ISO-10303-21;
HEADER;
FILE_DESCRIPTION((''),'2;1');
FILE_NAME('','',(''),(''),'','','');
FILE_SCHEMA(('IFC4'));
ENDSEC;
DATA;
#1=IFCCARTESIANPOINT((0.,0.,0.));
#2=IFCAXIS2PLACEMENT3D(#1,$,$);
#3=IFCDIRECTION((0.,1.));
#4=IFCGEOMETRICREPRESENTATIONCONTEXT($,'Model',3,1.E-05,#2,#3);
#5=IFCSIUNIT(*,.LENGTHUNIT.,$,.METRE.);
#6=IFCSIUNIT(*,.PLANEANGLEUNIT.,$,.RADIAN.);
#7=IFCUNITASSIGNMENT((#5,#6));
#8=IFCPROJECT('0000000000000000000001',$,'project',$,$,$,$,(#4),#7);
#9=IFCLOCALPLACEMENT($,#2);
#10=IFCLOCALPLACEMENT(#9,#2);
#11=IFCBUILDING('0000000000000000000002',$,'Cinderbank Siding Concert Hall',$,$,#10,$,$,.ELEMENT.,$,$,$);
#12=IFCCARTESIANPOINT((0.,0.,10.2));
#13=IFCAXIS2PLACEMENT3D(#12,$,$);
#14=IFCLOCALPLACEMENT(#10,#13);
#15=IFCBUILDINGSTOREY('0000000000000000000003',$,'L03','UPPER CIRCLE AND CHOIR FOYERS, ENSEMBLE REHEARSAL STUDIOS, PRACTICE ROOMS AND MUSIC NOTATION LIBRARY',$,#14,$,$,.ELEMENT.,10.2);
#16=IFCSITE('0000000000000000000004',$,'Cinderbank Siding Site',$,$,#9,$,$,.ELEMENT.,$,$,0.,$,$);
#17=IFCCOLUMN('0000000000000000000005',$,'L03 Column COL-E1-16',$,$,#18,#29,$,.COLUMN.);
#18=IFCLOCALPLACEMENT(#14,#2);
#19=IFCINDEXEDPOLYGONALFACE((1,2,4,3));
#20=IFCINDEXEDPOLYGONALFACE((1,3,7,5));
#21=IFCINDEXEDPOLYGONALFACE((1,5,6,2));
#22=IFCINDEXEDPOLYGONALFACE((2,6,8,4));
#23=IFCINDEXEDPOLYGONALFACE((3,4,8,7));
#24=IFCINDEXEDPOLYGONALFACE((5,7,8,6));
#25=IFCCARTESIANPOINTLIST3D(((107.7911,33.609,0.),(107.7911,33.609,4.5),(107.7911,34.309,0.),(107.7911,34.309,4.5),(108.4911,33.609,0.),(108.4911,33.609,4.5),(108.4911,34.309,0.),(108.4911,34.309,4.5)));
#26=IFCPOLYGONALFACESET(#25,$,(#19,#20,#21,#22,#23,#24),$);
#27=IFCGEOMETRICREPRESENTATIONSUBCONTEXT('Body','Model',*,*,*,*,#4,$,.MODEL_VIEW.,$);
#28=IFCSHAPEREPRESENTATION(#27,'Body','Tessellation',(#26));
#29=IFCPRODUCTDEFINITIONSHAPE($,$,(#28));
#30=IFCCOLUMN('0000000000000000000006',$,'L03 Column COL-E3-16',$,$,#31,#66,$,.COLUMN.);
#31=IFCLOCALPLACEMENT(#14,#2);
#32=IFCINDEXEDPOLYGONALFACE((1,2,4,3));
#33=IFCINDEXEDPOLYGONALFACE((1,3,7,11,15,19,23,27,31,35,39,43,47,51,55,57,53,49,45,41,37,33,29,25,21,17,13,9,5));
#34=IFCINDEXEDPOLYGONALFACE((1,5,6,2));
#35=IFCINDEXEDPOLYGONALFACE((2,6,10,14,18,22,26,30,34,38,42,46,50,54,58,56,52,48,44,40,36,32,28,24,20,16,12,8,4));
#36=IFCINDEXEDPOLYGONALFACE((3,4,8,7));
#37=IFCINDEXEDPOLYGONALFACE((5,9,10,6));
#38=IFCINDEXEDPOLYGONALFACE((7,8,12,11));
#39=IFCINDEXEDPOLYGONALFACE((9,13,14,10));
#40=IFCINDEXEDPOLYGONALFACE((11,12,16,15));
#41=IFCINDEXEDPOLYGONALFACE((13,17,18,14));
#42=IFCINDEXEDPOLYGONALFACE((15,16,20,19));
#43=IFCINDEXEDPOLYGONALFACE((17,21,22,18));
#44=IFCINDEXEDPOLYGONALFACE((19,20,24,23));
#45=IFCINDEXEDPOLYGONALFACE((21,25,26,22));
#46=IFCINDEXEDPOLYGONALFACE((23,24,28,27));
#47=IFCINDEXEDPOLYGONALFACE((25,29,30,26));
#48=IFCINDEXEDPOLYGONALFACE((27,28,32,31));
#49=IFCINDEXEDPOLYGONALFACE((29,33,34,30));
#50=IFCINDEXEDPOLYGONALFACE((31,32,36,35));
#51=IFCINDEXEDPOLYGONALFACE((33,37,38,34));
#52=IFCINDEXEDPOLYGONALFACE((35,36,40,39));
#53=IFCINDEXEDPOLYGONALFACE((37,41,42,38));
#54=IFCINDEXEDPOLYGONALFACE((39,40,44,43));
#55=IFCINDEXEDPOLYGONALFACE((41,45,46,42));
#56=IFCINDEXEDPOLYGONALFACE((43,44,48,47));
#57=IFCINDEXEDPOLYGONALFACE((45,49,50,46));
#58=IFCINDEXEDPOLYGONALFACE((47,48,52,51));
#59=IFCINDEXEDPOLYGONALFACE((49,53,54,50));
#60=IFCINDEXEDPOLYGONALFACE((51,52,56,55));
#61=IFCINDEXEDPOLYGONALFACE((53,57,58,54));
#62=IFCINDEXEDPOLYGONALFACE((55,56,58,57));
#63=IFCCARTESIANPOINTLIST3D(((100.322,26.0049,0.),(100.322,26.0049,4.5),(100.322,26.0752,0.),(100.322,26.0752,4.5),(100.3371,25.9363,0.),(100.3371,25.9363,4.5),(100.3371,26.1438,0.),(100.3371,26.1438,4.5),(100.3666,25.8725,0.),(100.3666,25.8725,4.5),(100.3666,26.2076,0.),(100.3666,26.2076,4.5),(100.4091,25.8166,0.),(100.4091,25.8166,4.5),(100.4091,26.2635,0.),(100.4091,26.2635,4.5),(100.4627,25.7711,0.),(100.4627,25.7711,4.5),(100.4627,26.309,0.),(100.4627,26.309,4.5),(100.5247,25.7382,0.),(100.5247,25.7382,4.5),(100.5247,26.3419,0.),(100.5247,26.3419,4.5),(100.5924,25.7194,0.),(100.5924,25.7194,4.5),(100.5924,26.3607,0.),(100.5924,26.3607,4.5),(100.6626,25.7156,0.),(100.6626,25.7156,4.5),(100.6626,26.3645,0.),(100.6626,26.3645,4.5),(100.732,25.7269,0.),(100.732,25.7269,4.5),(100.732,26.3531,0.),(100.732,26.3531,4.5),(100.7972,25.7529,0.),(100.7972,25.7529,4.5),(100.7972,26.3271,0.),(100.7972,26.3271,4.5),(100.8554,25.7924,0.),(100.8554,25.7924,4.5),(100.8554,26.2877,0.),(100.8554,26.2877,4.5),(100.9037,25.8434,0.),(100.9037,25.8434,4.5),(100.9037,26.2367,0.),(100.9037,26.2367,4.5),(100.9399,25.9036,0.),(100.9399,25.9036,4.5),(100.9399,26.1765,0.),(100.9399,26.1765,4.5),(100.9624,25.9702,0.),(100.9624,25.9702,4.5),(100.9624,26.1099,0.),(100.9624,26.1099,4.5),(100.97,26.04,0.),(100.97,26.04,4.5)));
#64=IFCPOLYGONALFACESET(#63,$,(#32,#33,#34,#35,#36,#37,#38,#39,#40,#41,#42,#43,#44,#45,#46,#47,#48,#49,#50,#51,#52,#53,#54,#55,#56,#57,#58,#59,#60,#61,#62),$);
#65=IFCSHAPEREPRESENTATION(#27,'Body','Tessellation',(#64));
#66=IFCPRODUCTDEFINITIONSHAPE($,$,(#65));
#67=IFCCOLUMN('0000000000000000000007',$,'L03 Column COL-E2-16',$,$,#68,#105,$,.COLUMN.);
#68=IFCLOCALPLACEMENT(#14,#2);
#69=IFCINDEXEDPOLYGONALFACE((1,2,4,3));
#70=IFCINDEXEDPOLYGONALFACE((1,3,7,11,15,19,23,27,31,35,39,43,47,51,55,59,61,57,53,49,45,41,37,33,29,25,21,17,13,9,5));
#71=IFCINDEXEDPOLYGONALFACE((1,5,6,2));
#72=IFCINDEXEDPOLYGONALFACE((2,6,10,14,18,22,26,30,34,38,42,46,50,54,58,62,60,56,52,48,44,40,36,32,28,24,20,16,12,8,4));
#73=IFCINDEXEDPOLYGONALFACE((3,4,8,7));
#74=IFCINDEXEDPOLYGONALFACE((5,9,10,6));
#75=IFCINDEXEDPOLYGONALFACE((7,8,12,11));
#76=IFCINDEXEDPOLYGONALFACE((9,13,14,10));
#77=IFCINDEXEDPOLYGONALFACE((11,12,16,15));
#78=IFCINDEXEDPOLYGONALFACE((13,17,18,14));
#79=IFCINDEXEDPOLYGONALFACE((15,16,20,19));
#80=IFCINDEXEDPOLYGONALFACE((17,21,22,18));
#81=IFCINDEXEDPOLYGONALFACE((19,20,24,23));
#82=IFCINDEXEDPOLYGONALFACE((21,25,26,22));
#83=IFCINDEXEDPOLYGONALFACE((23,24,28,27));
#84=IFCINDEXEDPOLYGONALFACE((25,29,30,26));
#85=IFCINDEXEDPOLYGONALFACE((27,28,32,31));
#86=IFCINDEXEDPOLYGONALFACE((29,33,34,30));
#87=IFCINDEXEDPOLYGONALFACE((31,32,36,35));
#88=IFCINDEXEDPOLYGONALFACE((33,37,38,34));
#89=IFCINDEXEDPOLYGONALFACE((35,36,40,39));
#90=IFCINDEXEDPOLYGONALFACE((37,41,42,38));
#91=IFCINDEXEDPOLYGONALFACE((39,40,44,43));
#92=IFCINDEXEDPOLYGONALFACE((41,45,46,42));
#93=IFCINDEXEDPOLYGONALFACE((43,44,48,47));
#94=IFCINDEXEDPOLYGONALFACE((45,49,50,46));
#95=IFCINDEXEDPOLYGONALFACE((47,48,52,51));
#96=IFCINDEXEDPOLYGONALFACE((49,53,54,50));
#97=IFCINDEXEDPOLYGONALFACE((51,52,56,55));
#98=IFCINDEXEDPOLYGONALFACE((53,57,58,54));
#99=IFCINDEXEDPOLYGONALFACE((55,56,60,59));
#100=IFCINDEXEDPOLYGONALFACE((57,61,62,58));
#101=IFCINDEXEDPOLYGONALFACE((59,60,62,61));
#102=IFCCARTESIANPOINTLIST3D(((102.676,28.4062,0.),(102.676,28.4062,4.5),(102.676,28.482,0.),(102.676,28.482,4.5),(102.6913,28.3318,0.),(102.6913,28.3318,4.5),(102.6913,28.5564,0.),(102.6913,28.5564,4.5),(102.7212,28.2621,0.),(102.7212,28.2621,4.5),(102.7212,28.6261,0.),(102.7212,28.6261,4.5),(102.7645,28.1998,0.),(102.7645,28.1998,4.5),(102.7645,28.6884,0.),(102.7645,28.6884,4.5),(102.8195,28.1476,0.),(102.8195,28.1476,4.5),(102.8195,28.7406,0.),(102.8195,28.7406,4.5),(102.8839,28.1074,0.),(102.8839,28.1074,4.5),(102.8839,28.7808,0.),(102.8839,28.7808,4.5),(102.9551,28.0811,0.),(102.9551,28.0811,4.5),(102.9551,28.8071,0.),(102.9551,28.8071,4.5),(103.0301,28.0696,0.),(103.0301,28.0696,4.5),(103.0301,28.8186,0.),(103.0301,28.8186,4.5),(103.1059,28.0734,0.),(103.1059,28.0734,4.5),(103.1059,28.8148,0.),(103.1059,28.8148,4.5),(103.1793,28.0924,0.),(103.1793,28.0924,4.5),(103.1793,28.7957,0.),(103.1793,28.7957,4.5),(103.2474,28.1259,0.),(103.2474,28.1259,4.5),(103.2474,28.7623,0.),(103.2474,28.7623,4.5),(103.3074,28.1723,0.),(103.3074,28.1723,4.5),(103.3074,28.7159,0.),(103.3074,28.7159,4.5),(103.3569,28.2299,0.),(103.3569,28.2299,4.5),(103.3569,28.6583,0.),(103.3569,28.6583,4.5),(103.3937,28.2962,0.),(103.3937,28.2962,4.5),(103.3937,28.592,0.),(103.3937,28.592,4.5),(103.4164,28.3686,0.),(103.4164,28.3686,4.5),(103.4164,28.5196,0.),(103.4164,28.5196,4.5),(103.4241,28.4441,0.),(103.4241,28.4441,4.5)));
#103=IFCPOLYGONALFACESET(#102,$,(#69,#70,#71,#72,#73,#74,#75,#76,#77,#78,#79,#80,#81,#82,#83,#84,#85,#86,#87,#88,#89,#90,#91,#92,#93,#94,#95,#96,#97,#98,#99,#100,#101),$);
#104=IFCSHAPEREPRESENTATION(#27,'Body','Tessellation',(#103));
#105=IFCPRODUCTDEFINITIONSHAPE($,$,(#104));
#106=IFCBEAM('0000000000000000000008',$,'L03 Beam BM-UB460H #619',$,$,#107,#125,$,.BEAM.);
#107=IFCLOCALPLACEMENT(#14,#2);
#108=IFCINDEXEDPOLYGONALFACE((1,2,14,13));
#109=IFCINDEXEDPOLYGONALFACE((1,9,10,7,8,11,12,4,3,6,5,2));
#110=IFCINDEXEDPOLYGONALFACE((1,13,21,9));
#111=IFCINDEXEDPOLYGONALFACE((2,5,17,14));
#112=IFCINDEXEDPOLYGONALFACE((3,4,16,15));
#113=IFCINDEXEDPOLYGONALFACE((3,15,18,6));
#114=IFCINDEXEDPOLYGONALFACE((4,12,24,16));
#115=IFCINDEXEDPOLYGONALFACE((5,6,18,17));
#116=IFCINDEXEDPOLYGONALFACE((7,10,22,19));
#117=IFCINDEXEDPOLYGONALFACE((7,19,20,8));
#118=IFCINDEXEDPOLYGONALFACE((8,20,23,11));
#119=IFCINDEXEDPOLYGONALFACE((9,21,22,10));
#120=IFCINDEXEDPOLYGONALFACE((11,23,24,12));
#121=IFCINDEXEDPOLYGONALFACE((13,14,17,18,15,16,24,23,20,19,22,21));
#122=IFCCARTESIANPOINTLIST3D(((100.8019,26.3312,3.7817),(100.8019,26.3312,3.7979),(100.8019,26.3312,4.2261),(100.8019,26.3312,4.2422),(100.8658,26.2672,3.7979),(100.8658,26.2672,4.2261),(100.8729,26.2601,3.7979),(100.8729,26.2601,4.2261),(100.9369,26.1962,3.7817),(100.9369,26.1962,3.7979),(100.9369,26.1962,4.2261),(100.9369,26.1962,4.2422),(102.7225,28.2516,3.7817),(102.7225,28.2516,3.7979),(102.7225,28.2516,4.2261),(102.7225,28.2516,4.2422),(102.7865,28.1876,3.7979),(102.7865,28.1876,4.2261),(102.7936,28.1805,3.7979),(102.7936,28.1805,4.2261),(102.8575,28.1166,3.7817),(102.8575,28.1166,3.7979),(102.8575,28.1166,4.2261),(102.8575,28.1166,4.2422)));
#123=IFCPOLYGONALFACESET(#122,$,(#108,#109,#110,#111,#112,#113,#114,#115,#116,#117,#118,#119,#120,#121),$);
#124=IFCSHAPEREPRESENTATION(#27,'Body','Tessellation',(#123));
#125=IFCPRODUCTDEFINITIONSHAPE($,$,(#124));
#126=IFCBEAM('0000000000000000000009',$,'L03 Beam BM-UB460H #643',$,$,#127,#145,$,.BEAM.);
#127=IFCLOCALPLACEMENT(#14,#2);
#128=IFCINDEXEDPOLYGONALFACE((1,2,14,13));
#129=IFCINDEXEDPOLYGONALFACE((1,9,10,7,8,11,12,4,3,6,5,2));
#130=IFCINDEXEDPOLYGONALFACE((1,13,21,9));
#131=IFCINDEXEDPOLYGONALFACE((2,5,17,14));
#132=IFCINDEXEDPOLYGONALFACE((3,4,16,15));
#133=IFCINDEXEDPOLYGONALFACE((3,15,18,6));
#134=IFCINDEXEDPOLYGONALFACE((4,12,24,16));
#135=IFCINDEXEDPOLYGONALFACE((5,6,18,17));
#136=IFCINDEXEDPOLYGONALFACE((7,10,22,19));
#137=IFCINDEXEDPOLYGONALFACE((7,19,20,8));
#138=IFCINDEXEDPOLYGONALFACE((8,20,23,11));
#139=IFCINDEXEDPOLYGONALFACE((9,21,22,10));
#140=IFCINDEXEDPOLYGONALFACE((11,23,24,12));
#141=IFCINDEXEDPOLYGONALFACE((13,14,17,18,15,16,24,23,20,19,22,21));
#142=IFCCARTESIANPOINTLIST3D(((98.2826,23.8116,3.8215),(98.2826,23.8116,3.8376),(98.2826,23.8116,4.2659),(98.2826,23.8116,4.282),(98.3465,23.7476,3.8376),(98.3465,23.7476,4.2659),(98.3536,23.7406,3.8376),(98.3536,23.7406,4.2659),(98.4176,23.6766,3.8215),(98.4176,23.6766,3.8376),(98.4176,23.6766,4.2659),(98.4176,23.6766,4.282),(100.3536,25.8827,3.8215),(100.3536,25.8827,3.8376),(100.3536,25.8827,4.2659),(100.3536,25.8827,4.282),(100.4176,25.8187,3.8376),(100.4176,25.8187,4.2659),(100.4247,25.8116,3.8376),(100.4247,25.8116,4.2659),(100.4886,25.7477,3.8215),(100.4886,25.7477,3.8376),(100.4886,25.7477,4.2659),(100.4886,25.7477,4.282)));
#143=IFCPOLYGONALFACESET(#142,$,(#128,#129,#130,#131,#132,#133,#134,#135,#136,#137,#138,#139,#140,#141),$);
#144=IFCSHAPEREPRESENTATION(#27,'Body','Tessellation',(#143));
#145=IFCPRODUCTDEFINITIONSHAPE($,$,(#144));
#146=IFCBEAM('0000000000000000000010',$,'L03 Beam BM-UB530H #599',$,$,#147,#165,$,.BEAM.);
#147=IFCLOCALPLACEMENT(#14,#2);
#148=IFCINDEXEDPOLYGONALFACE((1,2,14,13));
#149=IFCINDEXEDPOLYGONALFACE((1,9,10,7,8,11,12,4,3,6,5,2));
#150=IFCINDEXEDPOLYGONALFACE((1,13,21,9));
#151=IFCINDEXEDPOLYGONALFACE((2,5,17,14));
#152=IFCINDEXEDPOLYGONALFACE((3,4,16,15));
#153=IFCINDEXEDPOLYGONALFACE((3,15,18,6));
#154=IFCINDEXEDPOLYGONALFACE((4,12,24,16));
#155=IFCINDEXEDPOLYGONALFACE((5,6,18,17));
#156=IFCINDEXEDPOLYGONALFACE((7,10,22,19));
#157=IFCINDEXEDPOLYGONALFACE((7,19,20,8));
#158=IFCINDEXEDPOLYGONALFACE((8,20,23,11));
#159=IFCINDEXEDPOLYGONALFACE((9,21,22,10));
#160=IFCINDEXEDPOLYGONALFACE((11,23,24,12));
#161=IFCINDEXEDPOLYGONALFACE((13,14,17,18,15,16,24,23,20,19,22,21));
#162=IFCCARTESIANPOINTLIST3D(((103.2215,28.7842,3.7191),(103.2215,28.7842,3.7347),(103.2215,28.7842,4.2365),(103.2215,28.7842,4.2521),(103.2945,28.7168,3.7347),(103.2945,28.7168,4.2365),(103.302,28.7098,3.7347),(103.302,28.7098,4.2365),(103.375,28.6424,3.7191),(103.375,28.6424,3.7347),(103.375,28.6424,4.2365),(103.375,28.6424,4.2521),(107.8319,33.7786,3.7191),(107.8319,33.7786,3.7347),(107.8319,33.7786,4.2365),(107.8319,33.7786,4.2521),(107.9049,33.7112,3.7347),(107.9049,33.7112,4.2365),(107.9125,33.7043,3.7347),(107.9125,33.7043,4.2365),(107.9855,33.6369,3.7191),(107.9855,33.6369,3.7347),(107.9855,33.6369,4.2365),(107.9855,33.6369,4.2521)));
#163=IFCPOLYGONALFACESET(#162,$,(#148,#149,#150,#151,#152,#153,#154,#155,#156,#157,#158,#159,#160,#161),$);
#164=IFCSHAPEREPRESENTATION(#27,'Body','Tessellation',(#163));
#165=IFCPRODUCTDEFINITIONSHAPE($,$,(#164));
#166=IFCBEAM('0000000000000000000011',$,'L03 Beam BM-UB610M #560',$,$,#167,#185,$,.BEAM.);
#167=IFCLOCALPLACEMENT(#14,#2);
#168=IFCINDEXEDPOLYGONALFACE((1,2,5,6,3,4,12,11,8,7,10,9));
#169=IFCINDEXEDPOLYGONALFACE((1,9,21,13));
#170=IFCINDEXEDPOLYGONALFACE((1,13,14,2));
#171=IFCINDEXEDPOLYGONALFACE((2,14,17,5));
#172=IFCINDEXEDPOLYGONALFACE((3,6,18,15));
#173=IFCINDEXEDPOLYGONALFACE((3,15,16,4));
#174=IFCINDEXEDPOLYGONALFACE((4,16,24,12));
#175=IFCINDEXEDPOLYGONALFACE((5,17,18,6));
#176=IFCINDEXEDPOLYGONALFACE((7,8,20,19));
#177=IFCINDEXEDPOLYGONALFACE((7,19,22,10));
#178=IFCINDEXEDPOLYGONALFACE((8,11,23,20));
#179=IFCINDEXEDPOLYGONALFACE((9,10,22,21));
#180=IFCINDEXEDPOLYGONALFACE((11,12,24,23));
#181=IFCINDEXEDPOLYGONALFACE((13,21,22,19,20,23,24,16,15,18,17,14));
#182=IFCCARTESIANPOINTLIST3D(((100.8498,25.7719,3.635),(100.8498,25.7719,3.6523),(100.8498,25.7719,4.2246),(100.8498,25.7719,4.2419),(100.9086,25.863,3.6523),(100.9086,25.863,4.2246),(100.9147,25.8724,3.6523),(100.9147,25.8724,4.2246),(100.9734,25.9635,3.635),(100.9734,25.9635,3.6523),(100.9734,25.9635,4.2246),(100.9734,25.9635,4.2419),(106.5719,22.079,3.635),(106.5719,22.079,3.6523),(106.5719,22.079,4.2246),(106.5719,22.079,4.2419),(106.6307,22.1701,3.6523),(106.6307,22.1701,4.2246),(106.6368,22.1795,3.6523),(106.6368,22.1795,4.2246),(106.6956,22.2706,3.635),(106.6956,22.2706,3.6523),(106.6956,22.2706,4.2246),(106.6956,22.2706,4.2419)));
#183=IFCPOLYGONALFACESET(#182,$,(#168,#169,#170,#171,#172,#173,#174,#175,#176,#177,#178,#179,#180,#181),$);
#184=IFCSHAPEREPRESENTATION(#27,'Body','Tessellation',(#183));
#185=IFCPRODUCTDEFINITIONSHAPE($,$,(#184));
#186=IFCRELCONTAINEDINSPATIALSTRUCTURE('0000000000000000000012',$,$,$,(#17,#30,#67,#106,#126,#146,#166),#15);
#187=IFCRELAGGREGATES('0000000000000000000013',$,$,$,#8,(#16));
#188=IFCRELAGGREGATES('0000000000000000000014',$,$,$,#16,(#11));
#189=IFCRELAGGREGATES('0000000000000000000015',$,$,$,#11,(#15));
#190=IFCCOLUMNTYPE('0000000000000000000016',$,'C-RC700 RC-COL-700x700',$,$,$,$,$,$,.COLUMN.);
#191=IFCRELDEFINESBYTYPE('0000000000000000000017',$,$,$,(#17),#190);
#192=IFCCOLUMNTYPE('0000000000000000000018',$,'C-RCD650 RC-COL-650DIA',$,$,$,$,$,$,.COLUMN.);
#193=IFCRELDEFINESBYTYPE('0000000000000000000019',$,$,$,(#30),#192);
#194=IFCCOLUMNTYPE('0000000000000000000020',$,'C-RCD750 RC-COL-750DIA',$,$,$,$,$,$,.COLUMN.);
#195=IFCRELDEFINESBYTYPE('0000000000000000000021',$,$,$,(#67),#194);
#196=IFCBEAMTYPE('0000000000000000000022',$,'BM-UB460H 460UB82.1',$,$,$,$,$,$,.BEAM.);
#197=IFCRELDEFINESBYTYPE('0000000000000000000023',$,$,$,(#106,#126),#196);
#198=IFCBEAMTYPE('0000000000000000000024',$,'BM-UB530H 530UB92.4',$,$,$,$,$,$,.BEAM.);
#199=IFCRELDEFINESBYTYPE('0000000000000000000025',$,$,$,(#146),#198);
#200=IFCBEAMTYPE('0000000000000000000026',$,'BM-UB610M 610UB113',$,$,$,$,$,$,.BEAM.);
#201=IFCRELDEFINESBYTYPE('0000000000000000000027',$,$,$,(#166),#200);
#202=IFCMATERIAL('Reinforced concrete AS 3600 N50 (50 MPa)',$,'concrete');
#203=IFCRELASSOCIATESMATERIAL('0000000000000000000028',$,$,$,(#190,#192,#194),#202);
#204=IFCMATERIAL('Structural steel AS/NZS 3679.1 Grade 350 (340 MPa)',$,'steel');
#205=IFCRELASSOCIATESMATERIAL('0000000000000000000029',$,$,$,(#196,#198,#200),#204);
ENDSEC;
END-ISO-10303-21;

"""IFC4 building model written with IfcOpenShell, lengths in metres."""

from ifc_helpers import new_model, si_unit, direction, frame, origin, origin_2d, place, context, subcontext, project, spatial, rectangle, circle, i_section, extrude, material, material_profile, profile_set, type_object, element, save


model = new_model("IFC4")

# Units and contexts
model_context = context("Model", 3, precision=1e-05, world=origin(), true_north=direction((0.0, 1.0)))
body_context = subcontext(model_context, "Body", "Model", "MODEL_VIEW")
ifc_project = project(units=[si_unit("LENGTHUNIT", "METRE"), si_unit("PLANEANGLEUNIT", "RADIAN")], contexts=[model_context])

# Site, building, storey
site_placement = place(None, origin())
site = spatial("IfcSite", under=ifc_project, at=site_placement, Name="Cinderbank Siding Site", CompositionType="ELEMENT", RefElevation=0.0)
building_placement = place(site_placement, origin())
building = spatial("IfcBuilding", under=site, at=building_placement, Name="Cinderbank Siding Concert Hall", CompositionType="ELEMENT")
storey_placement = place(building_placement, frame((0.0, 0.0, 10.2)))
storey = spatial("IfcBuildingStorey", under=building, at=storey_placement, Name="L03", Description="UPPER CIRCLE AND CHOIR FOYERS, ENSEMBLE REHEARSAL STUDIOS, PRACTICE ROOMS AND MUSIC NOTATION LIBRARY", CompositionType="ELEMENT", Elevation=10.2)

# Columns
ifc_material_1 = material(Name="Reinforced concrete AS 3600 N50 (50 MPa)", Category="concrete")
ifc_material_profile_1 = material_profile(ifc_material_1, rectangle(XDim=0.7, YDim=0.7, at=origin_2d()), Name="RC-COL-700x700", Category="LoadBearing")
ifc_profile_set_1 = profile_set([ifc_material_profile_1], Name="Reinforced concrete AS 3600 N50 (50 MPa)")
column_type_1 = type_object("IfcColumnType", Name="C-RC700 RC-COL-700x700", PredefinedType="COLUMN", material=ifc_profile_set_1)
column_1_placement = place(storey_placement, frame((108.1411, 33.959, 0.0), z_axis=(0.0, 0.0, 1.0), x_axis=(1.0, 0.0, 0.0)))
element("IfcColumn", 1, at=column_1_placement, inside=storey, type_object=column_type_1, Name="L03 Column COL-E1-16", PredefinedType="COLUMN", context=body_context, shape_type="SweptSolid", body=[
    extrude(rectangle(XDim=0.7, YDim=0.7, at=origin_2d()), origin(), (0.0, 0.0, 1.0), 4.5),
])
ifc_material_profile_2 = material_profile(ifc_material_1, circle(Radius=0.325, at=origin_2d()), Name="RC-COL-650DIA", Category="LoadBearing")
ifc_profile_set_2 = profile_set([ifc_material_profile_2], Name="Reinforced concrete AS 3600 N50 (50 MPa)")
column_type_2 = type_object("IfcColumnType", Name="C-RCD650 RC-COL-650DIA", PredefinedType="COLUMN", material=ifc_profile_set_2)
column_2_placement = place(storey_placement, frame((100.645, 26.04, 0.0), z_axis=(0.0, 0.0, 1.0), x_axis=(1.0, 0.0, 0.0)))
element("IfcColumn", 2, at=column_2_placement, inside=storey, type_object=column_type_2, Name="L03 Column COL-E3-16", PredefinedType="COLUMN", context=body_context, shape_type="SweptSolid", body=[
    extrude(circle(Radius=0.325, at=origin_2d()), origin(), (0.0, 0.0, 1.0), 4.5),
])
ifc_material_profile_3 = material_profile(ifc_material_1, circle(Radius=0.375, at=origin_2d()), Name="RC-COL-750DIA", Category="LoadBearing")
ifc_profile_set_3 = profile_set([ifc_material_profile_3], Name="Reinforced concrete AS 3600 N50 (50 MPa)")
column_type_3 = type_object("IfcColumnType", Name="C-RCD750 RC-COL-750DIA", PredefinedType="COLUMN", material=ifc_profile_set_3)
column_3_placement = place(storey_placement, frame((103.0491, 28.4441, 0.0), z_axis=(0.0, 0.0, 1.0), x_axis=(1.0, 0.0, 0.0)))
element("IfcColumn", 3, at=column_3_placement, inside=storey, type_object=column_type_3, Name="L03 Column COL-E2-16", PredefinedType="COLUMN", context=body_context, shape_type="SweptSolid", body=[
    extrude(circle(Radius=0.375, at=origin_2d()), origin(), (0.0, 0.0, 1.0), 4.5),
])

# Beams
ifc_material_2 = material(Name="Structural steel AS/NZS 3679.1 Grade 350 (340 MPa)", Category="steel")
ifc_material_profile_4 = material_profile(ifc_material_2, i_section(OverallWidth=0.1909, OverallDepth=0.4604, WebThickness=0.01, FlangeThickness=0.0161, at=origin_2d()), Name="460UB82.1", Category="LoadBearing")
ifc_profile_set_4 = profile_set([ifc_material_profile_4], Name="Structural steel AS/NZS 3679.1 Grade 350 (340 MPa)")
beam_type_1 = type_object("IfcBeamType", Name="BM-UB460H 460UB82.1", PredefinedType="BEAM", material=ifc_profile_set_4)
beam_1_placement = place(storey_placement, frame((102.79, 28.1841, 4.012), z_axis=(-0.707152, -0.707062, 0.0), x_axis=(0.707062, -0.707152, 0.0)))
element("IfcBeam", 4, at=beam_1_placement, inside=storey, type_object=beam_type_1, Name="L03 Beam BM-UB460H #619", PredefinedType="BEAM", context=body_context, shape_type="SweptSolid", body=[
    extrude(i_section(OverallWidth=0.1909, OverallDepth=0.4604, WebThickness=0.01, FlangeThickness=0.0161, at=origin_2d()), origin(), (0.0, 0.0, 1.0), 2.7161),
])
beam_2_placement = place(storey_placement, frame((100.4211, 25.8152, 4.0518), z_axis=(-0.707107, -0.707107, 0.0), x_axis=(0.707107, -0.707107, 0.0)))
element("IfcBeam", 5, at=beam_2_placement, inside=storey, type_object=beam_type_1, Name="L03 Beam BM-UB460H #643", PredefinedType="BEAM", context=body_context, shape_type="SweptSolid", body=[
    extrude(i_section(OverallWidth=0.1909, OverallDepth=0.4604, WebThickness=0.01, FlangeThickness=0.0161, at=origin_2d()), origin(), (0.0, 0.0, 1.0), 2.929),
])
ifc_material_profile_5 = material_profile(ifc_material_2, i_section(OverallWidth=0.209, OverallDepth=0.533, WebThickness=0.0103, FlangeThickness=0.0156, at=origin_2d()), Name="530UB92.4", Category="LoadBearing")
ifc_profile_set_5 = profile_set([ifc_material_profile_5], Name="Structural steel AS/NZS 3679.1 Grade 350 (340 MPa)")
beam_type_2 = type_object("IfcBeamType", Name="BM-UB530H 530UB92.4", PredefinedType="BEAM", material=ifc_profile_set_5)
beam_3_placement = place(storey_placement, frame((107.9087, 33.7078, 3.9856), z_axis=(-0.678292, -0.734792, 0.0), x_axis=(0.734792, -0.678292, 0.0)))
element("IfcBeam", 6, at=beam_3_placement, inside=storey, type_object=beam_type_2, Name="L03 Beam BM-UB530H #599", PredefinedType="BEAM", context=body_context, shape_type="SweptSolid", body=[
    extrude(i_section(OverallWidth=0.209, OverallDepth=0.533, WebThickness=0.0103, FlangeThickness=0.0156, at=origin_2d()), origin(), (0.0, 0.0, 1.0), 6.7971),
])
ifc_material_profile_6 = material_profile(ifc_material_2, i_section(OverallWidth=0.228, OverallDepth=0.6069, WebThickness=0.0112, FlangeThickness=0.0173, at=origin_2d()), Name="610UB113", Category="LoadBearing")
ifc_profile_set_6 = profile_set([ifc_material_profile_6], Name="Structural steel AS/NZS 3679.1 Grade 350 (340 MPa)")
beam_type_3 = type_object("IfcBeamType", Name="BM-UB610M 610UB113", PredefinedType="BEAM", material=ifc_profile_set_6)
beam_4_placement = place(storey_placement, frame((100.9116, 25.8677, 3.9385), z_axis=(0.84022, -0.542246, 0.0), x_axis=(0.542246, 0.84022, 0.0)))
element("IfcBeam", 7, at=beam_4_placement, inside=storey, type_object=beam_type_3, Name="L03 Beam BM-UB610M #560", PredefinedType="BEAM", context=body_context, shape_type="SweptSolid", body=[
    extrude(i_section(OverallWidth=0.228, OverallDepth=0.6069, WebThickness=0.0112, FlangeThickness=0.0173, at=origin_2d()), origin(), (0.0, 0.0, 1.0), 6.8103),
])

save(model, "model.ifc")
